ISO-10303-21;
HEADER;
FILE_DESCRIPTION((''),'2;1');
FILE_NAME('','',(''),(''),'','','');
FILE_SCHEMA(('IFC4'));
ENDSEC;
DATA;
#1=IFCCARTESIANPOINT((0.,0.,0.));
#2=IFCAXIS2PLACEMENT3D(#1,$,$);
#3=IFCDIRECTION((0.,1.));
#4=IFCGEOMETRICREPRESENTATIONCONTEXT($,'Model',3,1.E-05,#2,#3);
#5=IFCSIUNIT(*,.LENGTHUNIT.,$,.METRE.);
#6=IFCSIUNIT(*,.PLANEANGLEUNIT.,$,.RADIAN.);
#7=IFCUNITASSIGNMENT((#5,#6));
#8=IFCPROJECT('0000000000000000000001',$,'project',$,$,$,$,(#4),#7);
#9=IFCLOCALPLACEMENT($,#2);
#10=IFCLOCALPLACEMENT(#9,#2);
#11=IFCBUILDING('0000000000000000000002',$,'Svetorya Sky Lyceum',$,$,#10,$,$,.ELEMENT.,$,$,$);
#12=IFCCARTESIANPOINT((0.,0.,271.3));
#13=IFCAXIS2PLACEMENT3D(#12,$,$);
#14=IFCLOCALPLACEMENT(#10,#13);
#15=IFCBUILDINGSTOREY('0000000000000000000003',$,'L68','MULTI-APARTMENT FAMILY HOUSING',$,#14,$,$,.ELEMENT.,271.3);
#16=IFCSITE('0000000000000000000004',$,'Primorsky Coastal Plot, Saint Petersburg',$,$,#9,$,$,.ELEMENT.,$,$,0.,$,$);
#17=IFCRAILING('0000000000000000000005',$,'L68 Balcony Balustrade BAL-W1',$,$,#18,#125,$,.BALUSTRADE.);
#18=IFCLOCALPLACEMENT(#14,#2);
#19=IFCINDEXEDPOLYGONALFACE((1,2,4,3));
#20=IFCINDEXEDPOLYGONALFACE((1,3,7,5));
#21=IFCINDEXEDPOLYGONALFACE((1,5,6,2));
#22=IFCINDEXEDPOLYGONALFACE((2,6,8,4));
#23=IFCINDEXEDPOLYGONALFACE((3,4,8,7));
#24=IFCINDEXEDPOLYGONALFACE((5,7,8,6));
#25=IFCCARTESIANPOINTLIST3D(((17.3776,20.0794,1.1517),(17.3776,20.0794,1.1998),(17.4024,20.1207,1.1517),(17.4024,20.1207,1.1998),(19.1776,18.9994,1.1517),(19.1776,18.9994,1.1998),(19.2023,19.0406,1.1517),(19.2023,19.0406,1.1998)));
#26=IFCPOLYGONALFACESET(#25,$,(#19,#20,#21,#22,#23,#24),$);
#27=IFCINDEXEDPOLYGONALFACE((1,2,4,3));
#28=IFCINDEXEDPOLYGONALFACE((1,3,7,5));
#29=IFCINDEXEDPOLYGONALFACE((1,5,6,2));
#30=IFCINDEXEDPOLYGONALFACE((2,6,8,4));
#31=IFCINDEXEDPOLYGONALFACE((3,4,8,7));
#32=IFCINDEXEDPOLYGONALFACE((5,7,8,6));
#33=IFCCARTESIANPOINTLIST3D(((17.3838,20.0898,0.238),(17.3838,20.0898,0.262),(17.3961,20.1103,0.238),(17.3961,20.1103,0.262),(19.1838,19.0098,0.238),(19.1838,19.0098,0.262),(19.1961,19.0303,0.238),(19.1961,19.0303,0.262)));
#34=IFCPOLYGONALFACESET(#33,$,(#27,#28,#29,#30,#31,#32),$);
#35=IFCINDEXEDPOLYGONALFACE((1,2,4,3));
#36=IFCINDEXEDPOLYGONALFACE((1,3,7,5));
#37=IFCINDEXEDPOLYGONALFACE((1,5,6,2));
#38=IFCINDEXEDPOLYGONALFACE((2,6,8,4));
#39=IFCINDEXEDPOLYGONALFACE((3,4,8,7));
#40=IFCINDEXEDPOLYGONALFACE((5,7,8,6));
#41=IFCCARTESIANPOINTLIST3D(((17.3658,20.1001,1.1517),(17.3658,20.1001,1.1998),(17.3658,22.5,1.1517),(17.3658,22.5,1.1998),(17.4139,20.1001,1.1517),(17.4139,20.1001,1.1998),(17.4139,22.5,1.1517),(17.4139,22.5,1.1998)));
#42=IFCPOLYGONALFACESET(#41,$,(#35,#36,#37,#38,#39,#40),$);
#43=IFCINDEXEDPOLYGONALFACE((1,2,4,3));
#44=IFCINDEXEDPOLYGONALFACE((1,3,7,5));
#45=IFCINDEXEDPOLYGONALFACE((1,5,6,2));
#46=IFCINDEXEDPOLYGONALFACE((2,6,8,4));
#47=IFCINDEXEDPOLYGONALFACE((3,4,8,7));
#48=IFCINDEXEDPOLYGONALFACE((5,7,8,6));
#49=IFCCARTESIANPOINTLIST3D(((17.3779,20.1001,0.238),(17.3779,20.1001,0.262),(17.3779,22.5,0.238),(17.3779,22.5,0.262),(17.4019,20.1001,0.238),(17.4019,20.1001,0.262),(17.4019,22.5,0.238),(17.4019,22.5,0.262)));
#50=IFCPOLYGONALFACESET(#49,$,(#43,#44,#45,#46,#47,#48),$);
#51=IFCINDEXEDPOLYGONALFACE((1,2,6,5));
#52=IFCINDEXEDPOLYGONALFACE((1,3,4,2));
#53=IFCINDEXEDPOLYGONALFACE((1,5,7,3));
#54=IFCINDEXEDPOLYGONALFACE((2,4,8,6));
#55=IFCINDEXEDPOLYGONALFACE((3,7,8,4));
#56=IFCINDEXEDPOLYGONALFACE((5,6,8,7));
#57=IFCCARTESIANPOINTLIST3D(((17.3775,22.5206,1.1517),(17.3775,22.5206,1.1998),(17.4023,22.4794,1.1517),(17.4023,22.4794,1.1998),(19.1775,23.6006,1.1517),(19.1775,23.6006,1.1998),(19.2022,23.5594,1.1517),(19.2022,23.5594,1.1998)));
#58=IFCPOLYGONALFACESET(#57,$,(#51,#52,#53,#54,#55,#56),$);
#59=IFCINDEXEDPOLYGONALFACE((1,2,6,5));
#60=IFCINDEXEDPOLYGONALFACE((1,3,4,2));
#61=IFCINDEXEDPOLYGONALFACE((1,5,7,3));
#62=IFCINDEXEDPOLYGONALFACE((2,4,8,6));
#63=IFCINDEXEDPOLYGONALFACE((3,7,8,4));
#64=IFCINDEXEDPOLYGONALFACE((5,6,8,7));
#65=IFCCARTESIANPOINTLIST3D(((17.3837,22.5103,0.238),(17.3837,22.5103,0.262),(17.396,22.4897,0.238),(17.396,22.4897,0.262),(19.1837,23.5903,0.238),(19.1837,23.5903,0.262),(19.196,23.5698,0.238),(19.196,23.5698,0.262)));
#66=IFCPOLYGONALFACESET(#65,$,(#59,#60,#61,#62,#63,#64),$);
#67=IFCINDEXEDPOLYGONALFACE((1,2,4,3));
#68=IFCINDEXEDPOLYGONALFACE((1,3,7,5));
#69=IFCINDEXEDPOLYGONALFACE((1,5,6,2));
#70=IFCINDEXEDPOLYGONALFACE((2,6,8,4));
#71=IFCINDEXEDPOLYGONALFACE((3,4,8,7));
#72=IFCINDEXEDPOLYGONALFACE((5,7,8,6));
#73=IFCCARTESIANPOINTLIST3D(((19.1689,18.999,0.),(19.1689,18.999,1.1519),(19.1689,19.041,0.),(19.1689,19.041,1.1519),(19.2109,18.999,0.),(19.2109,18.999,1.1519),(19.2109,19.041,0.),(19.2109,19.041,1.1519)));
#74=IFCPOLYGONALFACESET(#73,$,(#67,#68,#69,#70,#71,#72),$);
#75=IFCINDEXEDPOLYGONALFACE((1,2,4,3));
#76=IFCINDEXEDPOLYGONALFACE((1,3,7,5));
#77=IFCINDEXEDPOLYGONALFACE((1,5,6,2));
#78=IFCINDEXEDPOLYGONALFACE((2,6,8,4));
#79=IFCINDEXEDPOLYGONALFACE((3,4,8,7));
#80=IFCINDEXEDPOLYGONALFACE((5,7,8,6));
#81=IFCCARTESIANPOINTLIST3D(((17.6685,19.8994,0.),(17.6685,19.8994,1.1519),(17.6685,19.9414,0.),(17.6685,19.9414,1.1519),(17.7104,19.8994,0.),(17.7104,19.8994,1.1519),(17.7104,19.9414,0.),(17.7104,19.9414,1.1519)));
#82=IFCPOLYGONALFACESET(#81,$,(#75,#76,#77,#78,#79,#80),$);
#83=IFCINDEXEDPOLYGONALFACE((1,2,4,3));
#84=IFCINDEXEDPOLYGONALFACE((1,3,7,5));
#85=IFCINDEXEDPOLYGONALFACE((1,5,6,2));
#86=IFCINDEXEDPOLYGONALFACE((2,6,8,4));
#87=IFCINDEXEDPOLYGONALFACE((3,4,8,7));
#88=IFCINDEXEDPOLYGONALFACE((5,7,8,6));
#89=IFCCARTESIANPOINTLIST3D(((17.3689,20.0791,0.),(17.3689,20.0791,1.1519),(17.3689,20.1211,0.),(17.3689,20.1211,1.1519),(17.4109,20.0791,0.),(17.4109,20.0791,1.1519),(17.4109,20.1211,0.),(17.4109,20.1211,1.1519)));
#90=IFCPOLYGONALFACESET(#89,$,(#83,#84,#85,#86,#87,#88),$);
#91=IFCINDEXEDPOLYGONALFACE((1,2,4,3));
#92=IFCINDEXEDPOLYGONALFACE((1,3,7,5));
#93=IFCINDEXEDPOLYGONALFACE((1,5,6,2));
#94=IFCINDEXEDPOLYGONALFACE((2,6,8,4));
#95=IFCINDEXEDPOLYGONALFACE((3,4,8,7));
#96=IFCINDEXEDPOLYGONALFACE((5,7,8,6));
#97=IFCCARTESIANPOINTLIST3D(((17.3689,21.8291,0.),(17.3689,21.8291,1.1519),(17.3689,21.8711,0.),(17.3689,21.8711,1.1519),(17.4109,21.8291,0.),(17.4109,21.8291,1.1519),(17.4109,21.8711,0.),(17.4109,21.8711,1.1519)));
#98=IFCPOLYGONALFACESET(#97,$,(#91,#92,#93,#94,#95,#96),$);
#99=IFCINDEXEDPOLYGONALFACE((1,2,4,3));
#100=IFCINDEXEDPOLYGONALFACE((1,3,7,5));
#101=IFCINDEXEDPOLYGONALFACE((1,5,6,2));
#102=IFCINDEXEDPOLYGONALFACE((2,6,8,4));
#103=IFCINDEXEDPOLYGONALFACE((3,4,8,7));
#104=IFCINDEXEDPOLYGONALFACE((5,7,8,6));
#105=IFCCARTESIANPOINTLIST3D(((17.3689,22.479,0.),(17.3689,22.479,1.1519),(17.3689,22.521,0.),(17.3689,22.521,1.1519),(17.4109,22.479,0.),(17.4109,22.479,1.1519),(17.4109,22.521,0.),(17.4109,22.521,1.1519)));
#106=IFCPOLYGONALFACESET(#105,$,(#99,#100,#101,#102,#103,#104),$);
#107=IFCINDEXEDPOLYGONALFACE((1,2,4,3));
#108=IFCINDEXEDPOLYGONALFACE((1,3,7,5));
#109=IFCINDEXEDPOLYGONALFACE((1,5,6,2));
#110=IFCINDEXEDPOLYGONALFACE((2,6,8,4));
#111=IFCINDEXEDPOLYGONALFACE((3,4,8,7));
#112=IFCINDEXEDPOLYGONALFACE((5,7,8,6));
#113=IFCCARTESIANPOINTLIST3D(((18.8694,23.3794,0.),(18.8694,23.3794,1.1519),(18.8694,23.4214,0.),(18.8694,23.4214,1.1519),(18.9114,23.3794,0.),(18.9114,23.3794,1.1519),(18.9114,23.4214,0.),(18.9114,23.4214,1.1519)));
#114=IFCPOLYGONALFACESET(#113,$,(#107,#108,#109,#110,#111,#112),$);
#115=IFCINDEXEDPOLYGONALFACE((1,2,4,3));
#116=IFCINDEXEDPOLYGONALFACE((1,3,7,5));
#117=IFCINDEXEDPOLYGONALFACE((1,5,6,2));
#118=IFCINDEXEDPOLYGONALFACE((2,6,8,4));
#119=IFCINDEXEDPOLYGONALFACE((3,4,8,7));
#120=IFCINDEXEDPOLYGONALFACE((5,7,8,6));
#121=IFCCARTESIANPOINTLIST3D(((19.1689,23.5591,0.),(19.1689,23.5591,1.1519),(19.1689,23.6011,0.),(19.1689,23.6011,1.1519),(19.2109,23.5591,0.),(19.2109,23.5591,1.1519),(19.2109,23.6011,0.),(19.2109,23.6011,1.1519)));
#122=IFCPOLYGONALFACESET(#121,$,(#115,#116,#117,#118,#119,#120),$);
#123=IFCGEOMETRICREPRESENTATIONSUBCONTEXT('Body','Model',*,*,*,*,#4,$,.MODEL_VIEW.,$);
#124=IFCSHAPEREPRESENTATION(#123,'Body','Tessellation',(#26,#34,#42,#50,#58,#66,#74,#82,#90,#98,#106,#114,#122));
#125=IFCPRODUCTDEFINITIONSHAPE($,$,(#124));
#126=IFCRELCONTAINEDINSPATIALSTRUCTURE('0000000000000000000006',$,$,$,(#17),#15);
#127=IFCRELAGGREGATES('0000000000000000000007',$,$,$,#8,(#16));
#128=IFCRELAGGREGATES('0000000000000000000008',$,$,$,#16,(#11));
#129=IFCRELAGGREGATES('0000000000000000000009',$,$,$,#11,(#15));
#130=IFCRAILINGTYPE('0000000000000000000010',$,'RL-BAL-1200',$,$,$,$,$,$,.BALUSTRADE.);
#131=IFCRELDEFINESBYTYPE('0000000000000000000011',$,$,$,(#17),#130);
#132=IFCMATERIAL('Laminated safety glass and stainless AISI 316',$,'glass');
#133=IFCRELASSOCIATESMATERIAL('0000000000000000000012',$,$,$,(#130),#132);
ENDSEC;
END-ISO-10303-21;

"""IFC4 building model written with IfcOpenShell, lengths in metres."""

from ifc_helpers import new_model, si_unit, direction, frame, origin, origin_2d, place, context, subcontext, project, spatial, rectangle, extrude, material, type_object, element, save


model = new_model("IFC4")

# Units and contexts
model_context = context("Model", 3, precision=1e-05, world=origin(), true_north=direction((0.0, 1.0)))
body_context = subcontext(model_context, "Body", "Model", "MODEL_VIEW")
ifc_project = project(units=[si_unit("LENGTHUNIT", "METRE"), si_unit("PLANEANGLEUNIT", "RADIAN")], contexts=[model_context])

# Site, building, storey
site_placement = place(None, origin())
site = spatial("IfcSite", under=ifc_project, at=site_placement, Name="Primorsky Coastal Plot, Saint Petersburg", CompositionType="ELEMENT", RefElevation=0.0)
building_placement = place(site_placement, origin())
building = spatial("IfcBuilding", under=site, at=building_placement, Name="Svetorya Sky Lyceum", CompositionType="ELEMENT")
storey_placement = place(building_placement, frame((0.0, 0.0, 271.3)))
storey = spatial("IfcBuildingStorey", under=building, at=storey_placement, Name="L68", Description="MULTI-APARTMENT FAMILY HOUSING", CompositionType="ELEMENT", Elevation=271.3)

# Railing
ifc_material_1 = material(Name="Laminated safety glass and stainless AISI 316", Category="glass")
railing_type = type_object("IfcRailingType", Name="RL-BAL-1200", PredefinedType="BALUSTRADE", material=ifc_material_1)
railing_placement = place(storey_placement, frame((19.1899, 19.02, 0.0)))
element("IfcRailing", 1, at=railing_placement, inside=storey, type_object=railing_type, Name="L68 Balcony Balustrade BAL-W1", PredefinedType="BALUSTRADE", context=body_context, shape_type="SweptSolid", body=[
    extrude(rectangle(XDim=0.0481, YDim=0.0481, at=origin_2d()), frame((0.0, 0.0, 1.1758), z_axis=(-0.857483, 0.514513, 0.0), x_axis=(-0.514513, -0.857483, 0.0)), (0.0, 0.0, 1.0), 2.0991),
    extrude(rectangle(XDim=0.0239, YDim=0.0239, at=origin_2d()), frame((0.0, 0.0, 0.25), z_axis=(-0.857483, 0.514513, 0.0), x_axis=(-0.514513, -0.857483, 0.0)), (0.0, 0.0, 1.0), 2.0991),
    extrude(rectangle(XDim=0.0481, YDim=0.0481, at=origin_2d()), frame((-1.8, 1.0801, 1.1758), z_axis=(0.0, 1.0, 0.0), x_axis=(-1.0, 0.0, 0.0)), (0.0, 0.0, 1.0), 2.3999),
    extrude(rectangle(XDim=0.0239, YDim=0.0239, at=origin_2d()), frame((-1.8, 1.0801, 0.25), z_axis=(0.0, 1.0, 0.0), x_axis=(-1.0, 0.0, 0.0)), (0.0, 0.0, 1.0), 2.3999),
    extrude(rectangle(XDim=0.0481, YDim=0.0481, at=origin_2d()), frame((-1.8, 3.48, 1.1758), z_axis=(0.857483, 0.514513, 0.0), x_axis=(-0.514513, 0.857483, 0.0)), (0.0, 0.0, 1.0), 2.0991),
    extrude(rectangle(XDim=0.0239, YDim=0.0239, at=origin_2d()), frame((-1.8, 3.48, 0.25), z_axis=(0.857483, 0.514513, 0.0), x_axis=(-0.514513, 0.857483, 0.0)), (0.0, 0.0, 1.0), 2.0991),
    extrude(rectangle(XDim=0.042, YDim=0.042, at=origin_2d()), origin(), (0.0, 0.0, 1.0), 1.1519),
    extrude(rectangle(XDim=0.042, YDim=0.042, at=origin_2d()), frame((-1.5005, 0.9004, 0.0)), (0.0, 0.0, 1.0), 1.1519),
    extrude(rectangle(XDim=0.042, YDim=0.042, at=origin_2d()), frame((-1.8, 1.0801, 0.0)), (0.0, 0.0, 1.0), 1.1519),
    extrude(rectangle(XDim=0.042, YDim=0.042, at=origin_2d()), frame((-1.8, 2.8301, 0.0)), (0.0, 0.0, 1.0), 1.1519),
    extrude(rectangle(XDim=0.042, YDim=0.042, at=origin_2d()), frame((-1.8, 3.48, 0.0)), (0.0, 0.0, 1.0), 1.1519),
    extrude(rectangle(XDim=0.042, YDim=0.042, at=origin_2d()), frame((-0.2996, 4.3804, 0.0)), (0.0, 0.0, 1.0), 1.1519),
    extrude(rectangle(XDim=0.042, YDim=0.042, at=origin_2d()), frame((0.0, 4.5601, 0.0)), (0.0, 0.0, 1.0), 1.1519),
])

save(model, "model.ifc")
